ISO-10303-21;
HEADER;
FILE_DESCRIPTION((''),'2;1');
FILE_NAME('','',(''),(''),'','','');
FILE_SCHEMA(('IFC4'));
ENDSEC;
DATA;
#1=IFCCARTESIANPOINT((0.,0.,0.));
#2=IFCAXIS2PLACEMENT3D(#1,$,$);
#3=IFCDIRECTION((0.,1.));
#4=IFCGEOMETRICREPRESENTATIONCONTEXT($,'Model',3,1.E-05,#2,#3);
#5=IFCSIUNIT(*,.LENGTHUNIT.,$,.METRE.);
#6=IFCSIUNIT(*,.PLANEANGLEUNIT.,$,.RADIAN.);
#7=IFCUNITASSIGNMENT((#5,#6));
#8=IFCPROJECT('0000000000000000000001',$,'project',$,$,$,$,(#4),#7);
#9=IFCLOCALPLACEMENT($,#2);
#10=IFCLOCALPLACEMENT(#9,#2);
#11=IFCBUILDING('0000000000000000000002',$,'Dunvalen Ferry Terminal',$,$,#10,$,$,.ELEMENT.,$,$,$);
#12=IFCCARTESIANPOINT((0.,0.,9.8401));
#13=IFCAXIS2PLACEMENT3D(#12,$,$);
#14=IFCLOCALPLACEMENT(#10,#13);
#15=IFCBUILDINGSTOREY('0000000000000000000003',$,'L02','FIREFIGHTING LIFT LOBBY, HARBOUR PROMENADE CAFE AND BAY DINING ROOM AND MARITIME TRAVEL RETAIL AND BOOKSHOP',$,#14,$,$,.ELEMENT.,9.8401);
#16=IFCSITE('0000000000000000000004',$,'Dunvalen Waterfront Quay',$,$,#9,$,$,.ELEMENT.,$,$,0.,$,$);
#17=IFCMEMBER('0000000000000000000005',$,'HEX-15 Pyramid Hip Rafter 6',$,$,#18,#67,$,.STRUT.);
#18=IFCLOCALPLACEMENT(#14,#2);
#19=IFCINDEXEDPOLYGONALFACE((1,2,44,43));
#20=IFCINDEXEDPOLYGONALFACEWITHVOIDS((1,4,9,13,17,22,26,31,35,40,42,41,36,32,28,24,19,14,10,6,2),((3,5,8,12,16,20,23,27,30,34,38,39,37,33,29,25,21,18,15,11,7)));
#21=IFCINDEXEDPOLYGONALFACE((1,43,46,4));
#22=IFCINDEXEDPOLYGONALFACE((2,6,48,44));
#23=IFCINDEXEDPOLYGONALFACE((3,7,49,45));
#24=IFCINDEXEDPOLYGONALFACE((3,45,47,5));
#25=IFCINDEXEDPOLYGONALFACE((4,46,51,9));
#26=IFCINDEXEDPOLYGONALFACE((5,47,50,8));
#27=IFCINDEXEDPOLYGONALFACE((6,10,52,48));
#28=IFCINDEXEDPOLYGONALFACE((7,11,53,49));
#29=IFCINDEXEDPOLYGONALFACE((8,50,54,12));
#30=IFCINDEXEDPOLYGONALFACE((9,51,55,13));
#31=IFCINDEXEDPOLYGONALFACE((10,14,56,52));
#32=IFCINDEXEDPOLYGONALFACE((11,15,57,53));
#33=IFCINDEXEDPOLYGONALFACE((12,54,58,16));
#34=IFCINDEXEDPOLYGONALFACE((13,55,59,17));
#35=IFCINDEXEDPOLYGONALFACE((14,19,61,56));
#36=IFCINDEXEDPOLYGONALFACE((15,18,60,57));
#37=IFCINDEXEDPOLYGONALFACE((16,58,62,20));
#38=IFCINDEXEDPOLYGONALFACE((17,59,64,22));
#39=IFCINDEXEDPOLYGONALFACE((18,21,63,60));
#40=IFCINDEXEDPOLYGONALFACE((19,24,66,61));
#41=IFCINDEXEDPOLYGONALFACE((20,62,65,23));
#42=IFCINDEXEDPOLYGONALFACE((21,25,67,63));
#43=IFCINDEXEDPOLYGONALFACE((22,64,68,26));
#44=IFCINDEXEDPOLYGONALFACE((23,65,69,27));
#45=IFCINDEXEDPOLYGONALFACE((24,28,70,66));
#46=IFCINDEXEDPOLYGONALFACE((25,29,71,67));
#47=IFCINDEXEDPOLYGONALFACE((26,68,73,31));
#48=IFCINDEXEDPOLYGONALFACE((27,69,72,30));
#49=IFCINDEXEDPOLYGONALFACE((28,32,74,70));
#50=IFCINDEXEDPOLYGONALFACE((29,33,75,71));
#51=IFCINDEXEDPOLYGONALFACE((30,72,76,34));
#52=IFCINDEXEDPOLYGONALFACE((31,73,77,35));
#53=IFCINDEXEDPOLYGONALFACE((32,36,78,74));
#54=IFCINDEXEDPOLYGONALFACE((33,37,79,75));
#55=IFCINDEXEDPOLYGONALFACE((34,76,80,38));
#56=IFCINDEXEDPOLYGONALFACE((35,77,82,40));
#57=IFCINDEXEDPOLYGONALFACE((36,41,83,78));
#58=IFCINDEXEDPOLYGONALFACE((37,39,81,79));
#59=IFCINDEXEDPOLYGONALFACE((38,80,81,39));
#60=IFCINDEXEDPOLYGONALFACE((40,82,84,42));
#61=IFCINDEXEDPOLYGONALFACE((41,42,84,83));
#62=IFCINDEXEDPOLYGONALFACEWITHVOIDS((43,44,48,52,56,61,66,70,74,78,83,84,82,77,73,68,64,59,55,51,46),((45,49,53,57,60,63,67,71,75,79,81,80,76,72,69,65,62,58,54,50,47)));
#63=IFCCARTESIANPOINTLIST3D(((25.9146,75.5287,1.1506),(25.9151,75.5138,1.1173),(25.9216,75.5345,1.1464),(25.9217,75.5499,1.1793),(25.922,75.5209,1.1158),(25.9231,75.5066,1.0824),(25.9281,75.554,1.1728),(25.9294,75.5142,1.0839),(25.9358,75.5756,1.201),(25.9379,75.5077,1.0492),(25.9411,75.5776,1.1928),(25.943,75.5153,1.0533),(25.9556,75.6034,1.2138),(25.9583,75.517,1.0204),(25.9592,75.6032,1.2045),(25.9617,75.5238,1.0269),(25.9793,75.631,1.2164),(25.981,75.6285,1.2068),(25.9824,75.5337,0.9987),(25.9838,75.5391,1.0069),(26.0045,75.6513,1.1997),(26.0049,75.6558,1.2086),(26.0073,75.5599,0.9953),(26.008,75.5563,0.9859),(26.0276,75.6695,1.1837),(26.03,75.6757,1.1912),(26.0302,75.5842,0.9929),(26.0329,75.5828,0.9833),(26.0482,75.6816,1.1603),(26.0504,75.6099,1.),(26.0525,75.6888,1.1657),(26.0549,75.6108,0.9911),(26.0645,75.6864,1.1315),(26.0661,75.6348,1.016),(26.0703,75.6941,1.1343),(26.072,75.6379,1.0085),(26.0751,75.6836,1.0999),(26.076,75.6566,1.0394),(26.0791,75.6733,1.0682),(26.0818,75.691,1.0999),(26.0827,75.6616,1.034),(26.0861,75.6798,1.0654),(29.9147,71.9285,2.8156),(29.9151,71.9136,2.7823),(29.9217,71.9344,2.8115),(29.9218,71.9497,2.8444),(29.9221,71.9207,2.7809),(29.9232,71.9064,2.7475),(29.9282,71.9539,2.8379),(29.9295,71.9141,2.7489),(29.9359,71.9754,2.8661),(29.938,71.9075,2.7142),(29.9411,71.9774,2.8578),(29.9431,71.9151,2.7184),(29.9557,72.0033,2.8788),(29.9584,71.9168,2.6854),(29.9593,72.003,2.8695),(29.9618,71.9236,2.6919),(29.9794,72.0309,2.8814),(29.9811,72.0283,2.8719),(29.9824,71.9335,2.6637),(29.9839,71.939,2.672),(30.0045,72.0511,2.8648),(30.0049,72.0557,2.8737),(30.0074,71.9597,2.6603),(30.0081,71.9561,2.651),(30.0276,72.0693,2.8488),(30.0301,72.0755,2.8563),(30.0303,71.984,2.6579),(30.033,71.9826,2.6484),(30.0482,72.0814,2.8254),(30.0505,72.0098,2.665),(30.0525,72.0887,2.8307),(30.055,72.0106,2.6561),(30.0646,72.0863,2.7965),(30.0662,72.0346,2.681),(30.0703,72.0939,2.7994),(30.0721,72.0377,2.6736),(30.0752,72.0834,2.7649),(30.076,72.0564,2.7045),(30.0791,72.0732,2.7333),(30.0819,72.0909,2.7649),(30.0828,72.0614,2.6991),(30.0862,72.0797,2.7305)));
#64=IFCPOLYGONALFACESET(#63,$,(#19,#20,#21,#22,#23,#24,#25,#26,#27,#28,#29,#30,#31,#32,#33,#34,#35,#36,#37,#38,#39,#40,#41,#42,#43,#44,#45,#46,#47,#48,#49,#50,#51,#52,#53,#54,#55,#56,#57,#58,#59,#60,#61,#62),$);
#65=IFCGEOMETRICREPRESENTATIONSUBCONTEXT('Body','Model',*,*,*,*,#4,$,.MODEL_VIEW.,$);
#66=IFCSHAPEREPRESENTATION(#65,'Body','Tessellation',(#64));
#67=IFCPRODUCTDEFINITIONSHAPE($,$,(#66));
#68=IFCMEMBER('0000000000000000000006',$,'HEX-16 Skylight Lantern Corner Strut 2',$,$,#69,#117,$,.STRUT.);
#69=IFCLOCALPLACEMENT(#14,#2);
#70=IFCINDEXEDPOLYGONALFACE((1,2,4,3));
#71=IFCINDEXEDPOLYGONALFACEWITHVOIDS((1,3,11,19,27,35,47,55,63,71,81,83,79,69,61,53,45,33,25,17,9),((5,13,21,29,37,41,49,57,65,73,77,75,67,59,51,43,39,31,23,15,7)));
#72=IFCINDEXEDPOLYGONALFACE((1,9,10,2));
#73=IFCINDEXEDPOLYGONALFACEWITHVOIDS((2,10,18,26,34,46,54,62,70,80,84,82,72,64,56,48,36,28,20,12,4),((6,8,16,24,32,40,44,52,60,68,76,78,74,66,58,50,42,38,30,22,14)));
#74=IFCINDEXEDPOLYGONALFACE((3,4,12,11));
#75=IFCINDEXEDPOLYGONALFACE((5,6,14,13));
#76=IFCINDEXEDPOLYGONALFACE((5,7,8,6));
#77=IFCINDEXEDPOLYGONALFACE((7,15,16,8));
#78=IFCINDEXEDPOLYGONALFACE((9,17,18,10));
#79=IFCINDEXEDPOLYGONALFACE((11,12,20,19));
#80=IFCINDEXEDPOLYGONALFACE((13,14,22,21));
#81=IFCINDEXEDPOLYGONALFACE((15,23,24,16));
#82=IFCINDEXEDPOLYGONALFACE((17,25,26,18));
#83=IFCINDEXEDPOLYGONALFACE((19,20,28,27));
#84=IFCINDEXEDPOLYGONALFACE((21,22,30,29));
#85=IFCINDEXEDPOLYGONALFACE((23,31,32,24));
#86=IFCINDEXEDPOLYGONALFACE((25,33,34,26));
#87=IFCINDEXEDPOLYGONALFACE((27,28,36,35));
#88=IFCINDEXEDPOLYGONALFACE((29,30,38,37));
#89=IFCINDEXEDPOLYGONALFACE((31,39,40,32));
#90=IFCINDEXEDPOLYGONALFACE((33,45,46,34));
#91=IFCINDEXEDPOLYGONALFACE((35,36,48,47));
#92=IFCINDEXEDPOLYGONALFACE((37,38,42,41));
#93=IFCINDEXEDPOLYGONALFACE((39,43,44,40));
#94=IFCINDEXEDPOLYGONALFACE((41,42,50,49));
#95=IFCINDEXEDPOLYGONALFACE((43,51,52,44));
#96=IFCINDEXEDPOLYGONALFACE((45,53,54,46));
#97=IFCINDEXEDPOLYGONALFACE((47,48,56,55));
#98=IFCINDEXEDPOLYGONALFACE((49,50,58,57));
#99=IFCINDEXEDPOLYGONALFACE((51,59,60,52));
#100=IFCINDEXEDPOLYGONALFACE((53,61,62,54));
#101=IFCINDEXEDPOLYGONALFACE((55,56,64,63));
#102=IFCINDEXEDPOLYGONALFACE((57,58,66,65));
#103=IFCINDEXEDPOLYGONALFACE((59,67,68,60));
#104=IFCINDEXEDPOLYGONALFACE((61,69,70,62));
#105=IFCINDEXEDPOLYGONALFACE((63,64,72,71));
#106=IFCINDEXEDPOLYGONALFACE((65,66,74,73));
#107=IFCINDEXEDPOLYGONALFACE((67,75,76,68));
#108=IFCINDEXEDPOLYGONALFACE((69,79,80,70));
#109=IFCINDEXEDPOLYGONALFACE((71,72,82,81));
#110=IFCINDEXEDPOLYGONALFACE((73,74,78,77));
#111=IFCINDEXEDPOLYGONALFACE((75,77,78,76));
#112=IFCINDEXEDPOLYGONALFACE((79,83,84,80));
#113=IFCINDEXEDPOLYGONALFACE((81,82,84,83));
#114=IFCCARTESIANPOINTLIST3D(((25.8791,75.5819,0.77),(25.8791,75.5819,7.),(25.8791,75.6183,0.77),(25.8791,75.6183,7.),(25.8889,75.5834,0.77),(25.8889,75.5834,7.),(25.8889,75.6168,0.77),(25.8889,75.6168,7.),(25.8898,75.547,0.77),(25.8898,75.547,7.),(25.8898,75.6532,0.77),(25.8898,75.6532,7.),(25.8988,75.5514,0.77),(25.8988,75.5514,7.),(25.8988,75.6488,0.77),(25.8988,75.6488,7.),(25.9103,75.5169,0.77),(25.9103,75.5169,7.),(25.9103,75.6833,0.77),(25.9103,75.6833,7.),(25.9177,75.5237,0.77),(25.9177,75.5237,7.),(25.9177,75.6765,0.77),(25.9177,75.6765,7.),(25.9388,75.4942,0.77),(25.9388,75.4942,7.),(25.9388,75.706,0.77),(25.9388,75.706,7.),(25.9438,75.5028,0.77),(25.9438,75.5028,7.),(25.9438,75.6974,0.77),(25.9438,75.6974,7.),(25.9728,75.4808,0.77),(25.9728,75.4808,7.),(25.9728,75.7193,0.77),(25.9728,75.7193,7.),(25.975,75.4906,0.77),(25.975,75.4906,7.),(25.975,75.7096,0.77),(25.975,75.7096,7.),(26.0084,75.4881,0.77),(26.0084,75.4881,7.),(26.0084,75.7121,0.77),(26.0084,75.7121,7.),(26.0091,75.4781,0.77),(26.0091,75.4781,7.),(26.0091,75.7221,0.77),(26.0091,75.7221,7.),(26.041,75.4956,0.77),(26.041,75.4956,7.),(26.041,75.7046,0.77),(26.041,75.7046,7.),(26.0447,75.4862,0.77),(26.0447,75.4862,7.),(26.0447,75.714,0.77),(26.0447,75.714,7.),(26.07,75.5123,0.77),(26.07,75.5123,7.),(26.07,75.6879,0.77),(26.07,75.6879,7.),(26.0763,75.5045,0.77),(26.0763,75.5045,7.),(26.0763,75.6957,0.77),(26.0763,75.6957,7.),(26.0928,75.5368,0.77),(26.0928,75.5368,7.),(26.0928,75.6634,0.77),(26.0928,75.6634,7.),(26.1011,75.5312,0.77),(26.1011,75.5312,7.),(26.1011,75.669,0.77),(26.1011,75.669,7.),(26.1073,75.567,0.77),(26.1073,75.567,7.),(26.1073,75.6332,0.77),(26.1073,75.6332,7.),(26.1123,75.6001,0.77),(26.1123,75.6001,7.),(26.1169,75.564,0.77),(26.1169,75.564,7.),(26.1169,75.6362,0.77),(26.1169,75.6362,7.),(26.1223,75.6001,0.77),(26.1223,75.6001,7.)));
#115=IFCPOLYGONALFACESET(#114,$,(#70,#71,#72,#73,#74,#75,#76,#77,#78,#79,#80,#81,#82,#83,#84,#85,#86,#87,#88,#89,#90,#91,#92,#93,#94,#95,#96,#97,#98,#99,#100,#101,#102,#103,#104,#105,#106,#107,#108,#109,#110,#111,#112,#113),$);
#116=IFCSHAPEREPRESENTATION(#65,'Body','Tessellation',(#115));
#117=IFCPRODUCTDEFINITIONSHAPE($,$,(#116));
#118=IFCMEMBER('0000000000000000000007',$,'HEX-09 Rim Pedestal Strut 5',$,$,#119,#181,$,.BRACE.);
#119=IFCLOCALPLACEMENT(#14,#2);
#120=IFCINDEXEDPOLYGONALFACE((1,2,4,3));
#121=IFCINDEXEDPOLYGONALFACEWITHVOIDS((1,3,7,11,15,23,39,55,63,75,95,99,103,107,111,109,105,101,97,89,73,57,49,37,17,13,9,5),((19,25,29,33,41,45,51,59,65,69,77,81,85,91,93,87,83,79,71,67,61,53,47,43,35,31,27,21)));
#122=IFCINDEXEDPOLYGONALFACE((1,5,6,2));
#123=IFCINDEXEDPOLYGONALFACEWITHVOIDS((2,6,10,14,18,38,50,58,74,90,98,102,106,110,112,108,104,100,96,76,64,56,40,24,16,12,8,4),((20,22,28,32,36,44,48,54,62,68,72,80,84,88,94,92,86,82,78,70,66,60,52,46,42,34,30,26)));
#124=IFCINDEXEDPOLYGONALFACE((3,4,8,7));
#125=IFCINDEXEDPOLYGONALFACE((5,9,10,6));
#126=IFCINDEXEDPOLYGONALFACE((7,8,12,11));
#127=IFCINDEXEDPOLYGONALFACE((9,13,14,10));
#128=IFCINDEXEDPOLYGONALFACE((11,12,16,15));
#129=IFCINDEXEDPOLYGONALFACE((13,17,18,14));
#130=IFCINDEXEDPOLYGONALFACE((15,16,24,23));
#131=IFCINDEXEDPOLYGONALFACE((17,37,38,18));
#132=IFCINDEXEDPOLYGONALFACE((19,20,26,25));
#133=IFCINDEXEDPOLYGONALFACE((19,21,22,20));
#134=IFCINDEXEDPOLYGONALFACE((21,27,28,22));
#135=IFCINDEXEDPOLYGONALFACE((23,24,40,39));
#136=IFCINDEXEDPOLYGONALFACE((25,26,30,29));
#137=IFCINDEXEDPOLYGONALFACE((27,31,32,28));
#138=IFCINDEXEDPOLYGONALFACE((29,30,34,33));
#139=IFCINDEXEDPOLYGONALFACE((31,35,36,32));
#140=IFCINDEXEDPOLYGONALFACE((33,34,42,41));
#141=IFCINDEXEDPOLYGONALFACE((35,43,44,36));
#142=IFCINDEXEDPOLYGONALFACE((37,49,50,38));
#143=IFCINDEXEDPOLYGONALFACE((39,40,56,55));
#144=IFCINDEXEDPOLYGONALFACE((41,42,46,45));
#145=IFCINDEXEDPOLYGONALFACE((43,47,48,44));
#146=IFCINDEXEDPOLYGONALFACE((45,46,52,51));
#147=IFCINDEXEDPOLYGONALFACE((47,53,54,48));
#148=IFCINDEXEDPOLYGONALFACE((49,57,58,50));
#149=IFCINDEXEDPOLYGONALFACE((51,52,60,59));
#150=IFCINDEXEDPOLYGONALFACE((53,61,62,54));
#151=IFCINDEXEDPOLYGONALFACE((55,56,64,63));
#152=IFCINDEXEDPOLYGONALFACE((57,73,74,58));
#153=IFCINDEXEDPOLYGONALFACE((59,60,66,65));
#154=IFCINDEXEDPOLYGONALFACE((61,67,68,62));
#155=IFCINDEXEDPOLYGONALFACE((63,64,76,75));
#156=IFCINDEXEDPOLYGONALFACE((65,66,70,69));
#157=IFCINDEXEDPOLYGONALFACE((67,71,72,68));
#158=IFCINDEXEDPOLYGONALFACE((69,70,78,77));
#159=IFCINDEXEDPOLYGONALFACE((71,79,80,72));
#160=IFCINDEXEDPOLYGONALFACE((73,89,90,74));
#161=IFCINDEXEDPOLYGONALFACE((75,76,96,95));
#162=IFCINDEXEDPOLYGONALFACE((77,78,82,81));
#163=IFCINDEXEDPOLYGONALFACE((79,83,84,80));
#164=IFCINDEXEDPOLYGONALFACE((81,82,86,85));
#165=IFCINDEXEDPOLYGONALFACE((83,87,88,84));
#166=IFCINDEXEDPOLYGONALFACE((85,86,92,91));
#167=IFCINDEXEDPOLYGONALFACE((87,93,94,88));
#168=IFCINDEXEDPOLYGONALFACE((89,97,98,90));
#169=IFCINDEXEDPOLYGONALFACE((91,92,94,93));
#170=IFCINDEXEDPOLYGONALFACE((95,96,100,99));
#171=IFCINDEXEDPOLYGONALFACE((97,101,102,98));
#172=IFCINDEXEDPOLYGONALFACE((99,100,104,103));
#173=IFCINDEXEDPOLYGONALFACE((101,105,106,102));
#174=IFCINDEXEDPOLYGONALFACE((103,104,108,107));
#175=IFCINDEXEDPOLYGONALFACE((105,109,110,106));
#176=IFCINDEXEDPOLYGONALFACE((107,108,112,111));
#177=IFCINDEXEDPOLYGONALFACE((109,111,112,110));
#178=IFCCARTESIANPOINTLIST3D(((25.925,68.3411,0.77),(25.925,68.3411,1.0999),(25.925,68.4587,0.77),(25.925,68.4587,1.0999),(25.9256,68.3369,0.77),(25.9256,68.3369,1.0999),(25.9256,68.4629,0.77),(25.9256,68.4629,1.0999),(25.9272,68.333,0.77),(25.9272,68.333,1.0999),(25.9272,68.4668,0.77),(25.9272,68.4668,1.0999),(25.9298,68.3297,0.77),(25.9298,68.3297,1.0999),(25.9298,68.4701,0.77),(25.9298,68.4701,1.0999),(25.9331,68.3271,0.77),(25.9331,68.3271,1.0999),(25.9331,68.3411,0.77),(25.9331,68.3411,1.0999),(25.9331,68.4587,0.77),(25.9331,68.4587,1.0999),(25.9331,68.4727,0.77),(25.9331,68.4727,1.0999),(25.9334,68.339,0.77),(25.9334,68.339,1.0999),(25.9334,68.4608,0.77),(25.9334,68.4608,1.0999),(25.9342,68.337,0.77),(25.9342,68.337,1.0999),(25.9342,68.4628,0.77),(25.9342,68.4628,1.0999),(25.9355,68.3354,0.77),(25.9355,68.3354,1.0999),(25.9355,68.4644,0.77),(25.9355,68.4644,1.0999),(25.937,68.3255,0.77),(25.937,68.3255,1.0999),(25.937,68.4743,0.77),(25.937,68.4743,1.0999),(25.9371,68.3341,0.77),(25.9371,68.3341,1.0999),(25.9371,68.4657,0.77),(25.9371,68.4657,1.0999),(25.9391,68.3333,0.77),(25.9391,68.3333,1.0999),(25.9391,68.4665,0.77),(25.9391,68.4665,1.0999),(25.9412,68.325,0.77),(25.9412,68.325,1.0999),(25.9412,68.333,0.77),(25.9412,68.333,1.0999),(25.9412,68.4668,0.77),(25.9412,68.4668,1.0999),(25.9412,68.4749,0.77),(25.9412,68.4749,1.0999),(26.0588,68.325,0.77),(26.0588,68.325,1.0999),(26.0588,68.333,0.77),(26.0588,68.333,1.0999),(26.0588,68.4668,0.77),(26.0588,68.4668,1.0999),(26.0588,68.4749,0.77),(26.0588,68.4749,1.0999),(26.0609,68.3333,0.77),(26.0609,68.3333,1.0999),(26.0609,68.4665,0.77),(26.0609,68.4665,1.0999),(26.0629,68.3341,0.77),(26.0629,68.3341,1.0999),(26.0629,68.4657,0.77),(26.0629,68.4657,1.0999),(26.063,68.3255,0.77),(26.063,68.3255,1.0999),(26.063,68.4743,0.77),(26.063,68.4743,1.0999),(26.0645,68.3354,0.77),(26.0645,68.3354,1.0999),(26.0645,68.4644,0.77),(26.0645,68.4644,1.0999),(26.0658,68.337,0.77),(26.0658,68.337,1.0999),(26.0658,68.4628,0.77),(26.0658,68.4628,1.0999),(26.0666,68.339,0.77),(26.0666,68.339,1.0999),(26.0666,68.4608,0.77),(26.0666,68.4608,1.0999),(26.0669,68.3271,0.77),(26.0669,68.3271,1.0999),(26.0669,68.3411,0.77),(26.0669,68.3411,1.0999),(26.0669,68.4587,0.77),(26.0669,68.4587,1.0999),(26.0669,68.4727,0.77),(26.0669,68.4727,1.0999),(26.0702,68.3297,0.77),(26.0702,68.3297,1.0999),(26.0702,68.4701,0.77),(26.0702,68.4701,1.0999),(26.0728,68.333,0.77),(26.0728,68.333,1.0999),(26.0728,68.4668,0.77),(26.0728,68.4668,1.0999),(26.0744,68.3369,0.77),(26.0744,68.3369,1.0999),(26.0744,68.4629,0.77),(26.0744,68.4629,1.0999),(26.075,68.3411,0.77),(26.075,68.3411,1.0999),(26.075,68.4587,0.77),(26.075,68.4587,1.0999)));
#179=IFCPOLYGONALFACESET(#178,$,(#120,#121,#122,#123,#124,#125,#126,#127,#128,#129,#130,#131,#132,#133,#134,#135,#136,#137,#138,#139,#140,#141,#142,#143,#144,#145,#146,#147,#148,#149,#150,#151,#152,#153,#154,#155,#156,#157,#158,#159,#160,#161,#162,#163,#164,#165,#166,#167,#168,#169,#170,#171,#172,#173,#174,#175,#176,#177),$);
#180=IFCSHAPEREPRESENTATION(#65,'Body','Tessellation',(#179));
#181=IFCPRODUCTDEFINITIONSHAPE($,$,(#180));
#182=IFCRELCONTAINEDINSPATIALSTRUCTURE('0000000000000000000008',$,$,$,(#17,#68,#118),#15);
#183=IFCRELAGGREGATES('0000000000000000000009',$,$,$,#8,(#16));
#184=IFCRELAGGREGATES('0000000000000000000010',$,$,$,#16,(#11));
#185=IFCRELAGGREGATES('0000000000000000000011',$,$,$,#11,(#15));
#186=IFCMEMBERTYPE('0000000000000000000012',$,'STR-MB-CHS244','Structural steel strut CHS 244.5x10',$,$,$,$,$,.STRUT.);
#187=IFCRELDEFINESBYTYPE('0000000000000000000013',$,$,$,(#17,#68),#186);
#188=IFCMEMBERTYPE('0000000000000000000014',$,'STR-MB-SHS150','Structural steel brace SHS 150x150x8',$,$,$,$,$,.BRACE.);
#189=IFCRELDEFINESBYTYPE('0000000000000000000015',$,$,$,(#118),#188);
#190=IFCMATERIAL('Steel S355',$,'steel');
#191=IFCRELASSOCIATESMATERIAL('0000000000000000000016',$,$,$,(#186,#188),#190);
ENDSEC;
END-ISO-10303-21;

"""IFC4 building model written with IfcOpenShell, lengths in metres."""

from ifc_helpers import new_model, si_unit, direction, frame, origin, origin_2d, place, context, subcontext, project, spatial, hollow_rectangle, hollow_circle, extrude, material, material_profile, profile_set, type_object, element, save


model = new_model("IFC4")

# Units and contexts
model_context = context("Model", 3, precision=1e-05, world=origin(), true_north=direction((0.0, 1.0)))
body_context = subcontext(model_context, "Body", "Model", "MODEL_VIEW")
ifc_project = project(units=[si_unit("LENGTHUNIT", "METRE"), si_unit("PLANEANGLEUNIT", "RADIAN")], contexts=[model_context])

# Site, building, storey
site_placement = place(None, origin())
site = spatial("IfcSite", under=ifc_project, at=site_placement, Name="Dunvalen Waterfront Quay", CompositionType="ELEMENT", RefElevation=0.0)
building_placement = place(site_placement, origin())
building = spatial("IfcBuilding", under=site, at=building_placement, Name="Dunvalen Ferry Terminal", CompositionType="ELEMENT")
storey_placement = place(building_placement, frame((0.0, 0.0, 9.8401)))
storey = spatial("IfcBuildingStorey", under=building, at=storey_placement, Name="L02", Description="FIREFIGHTING LIFT LOBBY, HARBOUR PROMENADE CAFE AND BAY DINING ROOM AND MARITIME TRAVEL RETAIL AND BOOKSHOP", CompositionType="ELEMENT", Elevation=9.8401)

# Shared definitions
ifc_material_1 = material(Name="Steel S355", Category="steel")

# Members
ifc_material_profile_1 = material_profile(ifc_material_1, hollow_circle(Radius=0.1223, WallThickness=0.01, at=origin_2d()), Name="Steel S355")
ifc_profile_set_1 = profile_set([ifc_material_profile_1], Name="Steel S355")
member_type_1 = type_object("IfcMemberType", Name="STR-MB-CHS244", Description="Structural steel strut CHS 244.5x10", PredefinedType="STRUT", material=ifc_profile_set_1)
for number, where, z_axis, x_axis, name in (
    (1, (26.0, 75.6001, 1.0999), (0.710075, -0.639085, 0.295576), (0.668975, 0.743285, 0.0), "HEX-15 Pyramid Hip Rafter 6"),
):
    element("IfcMember", number, at=place(storey_placement, frame(where, z_axis=z_axis, x_axis=x_axis)), inside=storey, type_object=member_type_1, Name=name, PredefinedType="STRUT", context=body_context, shape_type="SweptSolid", body=[
        extrude(hollow_circle(Radius=0.1223, WallThickness=0.01, at=origin_2d()), origin(), (0.0, 0.0, 1.0), 5.6333),
    ])
member_1_placement = place(storey_placement, frame((26.0, 75.6001, 0.77), z_axis=(0.0, 0.0, 1.0), x_axis=(1.0, 0.0, 0.0)))
element("IfcMember", 2, at=member_1_placement, inside=storey, type_object=member_type_1, Name="HEX-16 Skylight Lantern Corner Strut 2", PredefinedType="STRUT", context=body_context, shape_type="SweptSolid", body=[
    extrude(hollow_circle(Radius=0.1223, WallThickness=0.01, at=origin_2d()), origin(), (0.0, 0.0, 1.0), 6.23),
])
ifc_material_profile_2 = material_profile(ifc_material_1, hollow_rectangle(XDim=0.1499, YDim=0.1499, WallThickness=0.0081, InnerFilletRadius=0.0081, OuterFilletRadius=0.0161, at=origin_2d()), Name="Steel S355")
ifc_profile_set_2 = profile_set([ifc_material_profile_2], Name="Steel S355")
member_type_2 = type_object("IfcMemberType", Name="STR-MB-SHS150", Description="Structural steel brace SHS 150x150x8", PredefinedType="BRACE", material=ifc_profile_set_2)
for number, where, z_axis, x_axis, name in (
    (3, (26.0, 68.3999, 0.77), (0.0, 0.0, 1.0), (1.0, 0.0, 0.0), "HEX-09 Rim Pedestal Strut 5"),
):
    element("IfcMember", number, at=place(storey_placement, frame(where, z_axis=z_axis, x_axis=x_axis)), inside=storey, type_object=member_type_2, Name=name, PredefinedType="BRACE", context=body_context, shape_type="SweptSolid", body=[
        extrude(hollow_rectangle(XDim=0.1499, YDim=0.1499, WallThickness=0.0081, InnerFilletRadius=0.0081, OuterFilletRadius=0.0161, at=origin_2d()), origin(), (0.0, 0.0, 1.0), 0.3298),
    ])

save(model, "model.ifc")
